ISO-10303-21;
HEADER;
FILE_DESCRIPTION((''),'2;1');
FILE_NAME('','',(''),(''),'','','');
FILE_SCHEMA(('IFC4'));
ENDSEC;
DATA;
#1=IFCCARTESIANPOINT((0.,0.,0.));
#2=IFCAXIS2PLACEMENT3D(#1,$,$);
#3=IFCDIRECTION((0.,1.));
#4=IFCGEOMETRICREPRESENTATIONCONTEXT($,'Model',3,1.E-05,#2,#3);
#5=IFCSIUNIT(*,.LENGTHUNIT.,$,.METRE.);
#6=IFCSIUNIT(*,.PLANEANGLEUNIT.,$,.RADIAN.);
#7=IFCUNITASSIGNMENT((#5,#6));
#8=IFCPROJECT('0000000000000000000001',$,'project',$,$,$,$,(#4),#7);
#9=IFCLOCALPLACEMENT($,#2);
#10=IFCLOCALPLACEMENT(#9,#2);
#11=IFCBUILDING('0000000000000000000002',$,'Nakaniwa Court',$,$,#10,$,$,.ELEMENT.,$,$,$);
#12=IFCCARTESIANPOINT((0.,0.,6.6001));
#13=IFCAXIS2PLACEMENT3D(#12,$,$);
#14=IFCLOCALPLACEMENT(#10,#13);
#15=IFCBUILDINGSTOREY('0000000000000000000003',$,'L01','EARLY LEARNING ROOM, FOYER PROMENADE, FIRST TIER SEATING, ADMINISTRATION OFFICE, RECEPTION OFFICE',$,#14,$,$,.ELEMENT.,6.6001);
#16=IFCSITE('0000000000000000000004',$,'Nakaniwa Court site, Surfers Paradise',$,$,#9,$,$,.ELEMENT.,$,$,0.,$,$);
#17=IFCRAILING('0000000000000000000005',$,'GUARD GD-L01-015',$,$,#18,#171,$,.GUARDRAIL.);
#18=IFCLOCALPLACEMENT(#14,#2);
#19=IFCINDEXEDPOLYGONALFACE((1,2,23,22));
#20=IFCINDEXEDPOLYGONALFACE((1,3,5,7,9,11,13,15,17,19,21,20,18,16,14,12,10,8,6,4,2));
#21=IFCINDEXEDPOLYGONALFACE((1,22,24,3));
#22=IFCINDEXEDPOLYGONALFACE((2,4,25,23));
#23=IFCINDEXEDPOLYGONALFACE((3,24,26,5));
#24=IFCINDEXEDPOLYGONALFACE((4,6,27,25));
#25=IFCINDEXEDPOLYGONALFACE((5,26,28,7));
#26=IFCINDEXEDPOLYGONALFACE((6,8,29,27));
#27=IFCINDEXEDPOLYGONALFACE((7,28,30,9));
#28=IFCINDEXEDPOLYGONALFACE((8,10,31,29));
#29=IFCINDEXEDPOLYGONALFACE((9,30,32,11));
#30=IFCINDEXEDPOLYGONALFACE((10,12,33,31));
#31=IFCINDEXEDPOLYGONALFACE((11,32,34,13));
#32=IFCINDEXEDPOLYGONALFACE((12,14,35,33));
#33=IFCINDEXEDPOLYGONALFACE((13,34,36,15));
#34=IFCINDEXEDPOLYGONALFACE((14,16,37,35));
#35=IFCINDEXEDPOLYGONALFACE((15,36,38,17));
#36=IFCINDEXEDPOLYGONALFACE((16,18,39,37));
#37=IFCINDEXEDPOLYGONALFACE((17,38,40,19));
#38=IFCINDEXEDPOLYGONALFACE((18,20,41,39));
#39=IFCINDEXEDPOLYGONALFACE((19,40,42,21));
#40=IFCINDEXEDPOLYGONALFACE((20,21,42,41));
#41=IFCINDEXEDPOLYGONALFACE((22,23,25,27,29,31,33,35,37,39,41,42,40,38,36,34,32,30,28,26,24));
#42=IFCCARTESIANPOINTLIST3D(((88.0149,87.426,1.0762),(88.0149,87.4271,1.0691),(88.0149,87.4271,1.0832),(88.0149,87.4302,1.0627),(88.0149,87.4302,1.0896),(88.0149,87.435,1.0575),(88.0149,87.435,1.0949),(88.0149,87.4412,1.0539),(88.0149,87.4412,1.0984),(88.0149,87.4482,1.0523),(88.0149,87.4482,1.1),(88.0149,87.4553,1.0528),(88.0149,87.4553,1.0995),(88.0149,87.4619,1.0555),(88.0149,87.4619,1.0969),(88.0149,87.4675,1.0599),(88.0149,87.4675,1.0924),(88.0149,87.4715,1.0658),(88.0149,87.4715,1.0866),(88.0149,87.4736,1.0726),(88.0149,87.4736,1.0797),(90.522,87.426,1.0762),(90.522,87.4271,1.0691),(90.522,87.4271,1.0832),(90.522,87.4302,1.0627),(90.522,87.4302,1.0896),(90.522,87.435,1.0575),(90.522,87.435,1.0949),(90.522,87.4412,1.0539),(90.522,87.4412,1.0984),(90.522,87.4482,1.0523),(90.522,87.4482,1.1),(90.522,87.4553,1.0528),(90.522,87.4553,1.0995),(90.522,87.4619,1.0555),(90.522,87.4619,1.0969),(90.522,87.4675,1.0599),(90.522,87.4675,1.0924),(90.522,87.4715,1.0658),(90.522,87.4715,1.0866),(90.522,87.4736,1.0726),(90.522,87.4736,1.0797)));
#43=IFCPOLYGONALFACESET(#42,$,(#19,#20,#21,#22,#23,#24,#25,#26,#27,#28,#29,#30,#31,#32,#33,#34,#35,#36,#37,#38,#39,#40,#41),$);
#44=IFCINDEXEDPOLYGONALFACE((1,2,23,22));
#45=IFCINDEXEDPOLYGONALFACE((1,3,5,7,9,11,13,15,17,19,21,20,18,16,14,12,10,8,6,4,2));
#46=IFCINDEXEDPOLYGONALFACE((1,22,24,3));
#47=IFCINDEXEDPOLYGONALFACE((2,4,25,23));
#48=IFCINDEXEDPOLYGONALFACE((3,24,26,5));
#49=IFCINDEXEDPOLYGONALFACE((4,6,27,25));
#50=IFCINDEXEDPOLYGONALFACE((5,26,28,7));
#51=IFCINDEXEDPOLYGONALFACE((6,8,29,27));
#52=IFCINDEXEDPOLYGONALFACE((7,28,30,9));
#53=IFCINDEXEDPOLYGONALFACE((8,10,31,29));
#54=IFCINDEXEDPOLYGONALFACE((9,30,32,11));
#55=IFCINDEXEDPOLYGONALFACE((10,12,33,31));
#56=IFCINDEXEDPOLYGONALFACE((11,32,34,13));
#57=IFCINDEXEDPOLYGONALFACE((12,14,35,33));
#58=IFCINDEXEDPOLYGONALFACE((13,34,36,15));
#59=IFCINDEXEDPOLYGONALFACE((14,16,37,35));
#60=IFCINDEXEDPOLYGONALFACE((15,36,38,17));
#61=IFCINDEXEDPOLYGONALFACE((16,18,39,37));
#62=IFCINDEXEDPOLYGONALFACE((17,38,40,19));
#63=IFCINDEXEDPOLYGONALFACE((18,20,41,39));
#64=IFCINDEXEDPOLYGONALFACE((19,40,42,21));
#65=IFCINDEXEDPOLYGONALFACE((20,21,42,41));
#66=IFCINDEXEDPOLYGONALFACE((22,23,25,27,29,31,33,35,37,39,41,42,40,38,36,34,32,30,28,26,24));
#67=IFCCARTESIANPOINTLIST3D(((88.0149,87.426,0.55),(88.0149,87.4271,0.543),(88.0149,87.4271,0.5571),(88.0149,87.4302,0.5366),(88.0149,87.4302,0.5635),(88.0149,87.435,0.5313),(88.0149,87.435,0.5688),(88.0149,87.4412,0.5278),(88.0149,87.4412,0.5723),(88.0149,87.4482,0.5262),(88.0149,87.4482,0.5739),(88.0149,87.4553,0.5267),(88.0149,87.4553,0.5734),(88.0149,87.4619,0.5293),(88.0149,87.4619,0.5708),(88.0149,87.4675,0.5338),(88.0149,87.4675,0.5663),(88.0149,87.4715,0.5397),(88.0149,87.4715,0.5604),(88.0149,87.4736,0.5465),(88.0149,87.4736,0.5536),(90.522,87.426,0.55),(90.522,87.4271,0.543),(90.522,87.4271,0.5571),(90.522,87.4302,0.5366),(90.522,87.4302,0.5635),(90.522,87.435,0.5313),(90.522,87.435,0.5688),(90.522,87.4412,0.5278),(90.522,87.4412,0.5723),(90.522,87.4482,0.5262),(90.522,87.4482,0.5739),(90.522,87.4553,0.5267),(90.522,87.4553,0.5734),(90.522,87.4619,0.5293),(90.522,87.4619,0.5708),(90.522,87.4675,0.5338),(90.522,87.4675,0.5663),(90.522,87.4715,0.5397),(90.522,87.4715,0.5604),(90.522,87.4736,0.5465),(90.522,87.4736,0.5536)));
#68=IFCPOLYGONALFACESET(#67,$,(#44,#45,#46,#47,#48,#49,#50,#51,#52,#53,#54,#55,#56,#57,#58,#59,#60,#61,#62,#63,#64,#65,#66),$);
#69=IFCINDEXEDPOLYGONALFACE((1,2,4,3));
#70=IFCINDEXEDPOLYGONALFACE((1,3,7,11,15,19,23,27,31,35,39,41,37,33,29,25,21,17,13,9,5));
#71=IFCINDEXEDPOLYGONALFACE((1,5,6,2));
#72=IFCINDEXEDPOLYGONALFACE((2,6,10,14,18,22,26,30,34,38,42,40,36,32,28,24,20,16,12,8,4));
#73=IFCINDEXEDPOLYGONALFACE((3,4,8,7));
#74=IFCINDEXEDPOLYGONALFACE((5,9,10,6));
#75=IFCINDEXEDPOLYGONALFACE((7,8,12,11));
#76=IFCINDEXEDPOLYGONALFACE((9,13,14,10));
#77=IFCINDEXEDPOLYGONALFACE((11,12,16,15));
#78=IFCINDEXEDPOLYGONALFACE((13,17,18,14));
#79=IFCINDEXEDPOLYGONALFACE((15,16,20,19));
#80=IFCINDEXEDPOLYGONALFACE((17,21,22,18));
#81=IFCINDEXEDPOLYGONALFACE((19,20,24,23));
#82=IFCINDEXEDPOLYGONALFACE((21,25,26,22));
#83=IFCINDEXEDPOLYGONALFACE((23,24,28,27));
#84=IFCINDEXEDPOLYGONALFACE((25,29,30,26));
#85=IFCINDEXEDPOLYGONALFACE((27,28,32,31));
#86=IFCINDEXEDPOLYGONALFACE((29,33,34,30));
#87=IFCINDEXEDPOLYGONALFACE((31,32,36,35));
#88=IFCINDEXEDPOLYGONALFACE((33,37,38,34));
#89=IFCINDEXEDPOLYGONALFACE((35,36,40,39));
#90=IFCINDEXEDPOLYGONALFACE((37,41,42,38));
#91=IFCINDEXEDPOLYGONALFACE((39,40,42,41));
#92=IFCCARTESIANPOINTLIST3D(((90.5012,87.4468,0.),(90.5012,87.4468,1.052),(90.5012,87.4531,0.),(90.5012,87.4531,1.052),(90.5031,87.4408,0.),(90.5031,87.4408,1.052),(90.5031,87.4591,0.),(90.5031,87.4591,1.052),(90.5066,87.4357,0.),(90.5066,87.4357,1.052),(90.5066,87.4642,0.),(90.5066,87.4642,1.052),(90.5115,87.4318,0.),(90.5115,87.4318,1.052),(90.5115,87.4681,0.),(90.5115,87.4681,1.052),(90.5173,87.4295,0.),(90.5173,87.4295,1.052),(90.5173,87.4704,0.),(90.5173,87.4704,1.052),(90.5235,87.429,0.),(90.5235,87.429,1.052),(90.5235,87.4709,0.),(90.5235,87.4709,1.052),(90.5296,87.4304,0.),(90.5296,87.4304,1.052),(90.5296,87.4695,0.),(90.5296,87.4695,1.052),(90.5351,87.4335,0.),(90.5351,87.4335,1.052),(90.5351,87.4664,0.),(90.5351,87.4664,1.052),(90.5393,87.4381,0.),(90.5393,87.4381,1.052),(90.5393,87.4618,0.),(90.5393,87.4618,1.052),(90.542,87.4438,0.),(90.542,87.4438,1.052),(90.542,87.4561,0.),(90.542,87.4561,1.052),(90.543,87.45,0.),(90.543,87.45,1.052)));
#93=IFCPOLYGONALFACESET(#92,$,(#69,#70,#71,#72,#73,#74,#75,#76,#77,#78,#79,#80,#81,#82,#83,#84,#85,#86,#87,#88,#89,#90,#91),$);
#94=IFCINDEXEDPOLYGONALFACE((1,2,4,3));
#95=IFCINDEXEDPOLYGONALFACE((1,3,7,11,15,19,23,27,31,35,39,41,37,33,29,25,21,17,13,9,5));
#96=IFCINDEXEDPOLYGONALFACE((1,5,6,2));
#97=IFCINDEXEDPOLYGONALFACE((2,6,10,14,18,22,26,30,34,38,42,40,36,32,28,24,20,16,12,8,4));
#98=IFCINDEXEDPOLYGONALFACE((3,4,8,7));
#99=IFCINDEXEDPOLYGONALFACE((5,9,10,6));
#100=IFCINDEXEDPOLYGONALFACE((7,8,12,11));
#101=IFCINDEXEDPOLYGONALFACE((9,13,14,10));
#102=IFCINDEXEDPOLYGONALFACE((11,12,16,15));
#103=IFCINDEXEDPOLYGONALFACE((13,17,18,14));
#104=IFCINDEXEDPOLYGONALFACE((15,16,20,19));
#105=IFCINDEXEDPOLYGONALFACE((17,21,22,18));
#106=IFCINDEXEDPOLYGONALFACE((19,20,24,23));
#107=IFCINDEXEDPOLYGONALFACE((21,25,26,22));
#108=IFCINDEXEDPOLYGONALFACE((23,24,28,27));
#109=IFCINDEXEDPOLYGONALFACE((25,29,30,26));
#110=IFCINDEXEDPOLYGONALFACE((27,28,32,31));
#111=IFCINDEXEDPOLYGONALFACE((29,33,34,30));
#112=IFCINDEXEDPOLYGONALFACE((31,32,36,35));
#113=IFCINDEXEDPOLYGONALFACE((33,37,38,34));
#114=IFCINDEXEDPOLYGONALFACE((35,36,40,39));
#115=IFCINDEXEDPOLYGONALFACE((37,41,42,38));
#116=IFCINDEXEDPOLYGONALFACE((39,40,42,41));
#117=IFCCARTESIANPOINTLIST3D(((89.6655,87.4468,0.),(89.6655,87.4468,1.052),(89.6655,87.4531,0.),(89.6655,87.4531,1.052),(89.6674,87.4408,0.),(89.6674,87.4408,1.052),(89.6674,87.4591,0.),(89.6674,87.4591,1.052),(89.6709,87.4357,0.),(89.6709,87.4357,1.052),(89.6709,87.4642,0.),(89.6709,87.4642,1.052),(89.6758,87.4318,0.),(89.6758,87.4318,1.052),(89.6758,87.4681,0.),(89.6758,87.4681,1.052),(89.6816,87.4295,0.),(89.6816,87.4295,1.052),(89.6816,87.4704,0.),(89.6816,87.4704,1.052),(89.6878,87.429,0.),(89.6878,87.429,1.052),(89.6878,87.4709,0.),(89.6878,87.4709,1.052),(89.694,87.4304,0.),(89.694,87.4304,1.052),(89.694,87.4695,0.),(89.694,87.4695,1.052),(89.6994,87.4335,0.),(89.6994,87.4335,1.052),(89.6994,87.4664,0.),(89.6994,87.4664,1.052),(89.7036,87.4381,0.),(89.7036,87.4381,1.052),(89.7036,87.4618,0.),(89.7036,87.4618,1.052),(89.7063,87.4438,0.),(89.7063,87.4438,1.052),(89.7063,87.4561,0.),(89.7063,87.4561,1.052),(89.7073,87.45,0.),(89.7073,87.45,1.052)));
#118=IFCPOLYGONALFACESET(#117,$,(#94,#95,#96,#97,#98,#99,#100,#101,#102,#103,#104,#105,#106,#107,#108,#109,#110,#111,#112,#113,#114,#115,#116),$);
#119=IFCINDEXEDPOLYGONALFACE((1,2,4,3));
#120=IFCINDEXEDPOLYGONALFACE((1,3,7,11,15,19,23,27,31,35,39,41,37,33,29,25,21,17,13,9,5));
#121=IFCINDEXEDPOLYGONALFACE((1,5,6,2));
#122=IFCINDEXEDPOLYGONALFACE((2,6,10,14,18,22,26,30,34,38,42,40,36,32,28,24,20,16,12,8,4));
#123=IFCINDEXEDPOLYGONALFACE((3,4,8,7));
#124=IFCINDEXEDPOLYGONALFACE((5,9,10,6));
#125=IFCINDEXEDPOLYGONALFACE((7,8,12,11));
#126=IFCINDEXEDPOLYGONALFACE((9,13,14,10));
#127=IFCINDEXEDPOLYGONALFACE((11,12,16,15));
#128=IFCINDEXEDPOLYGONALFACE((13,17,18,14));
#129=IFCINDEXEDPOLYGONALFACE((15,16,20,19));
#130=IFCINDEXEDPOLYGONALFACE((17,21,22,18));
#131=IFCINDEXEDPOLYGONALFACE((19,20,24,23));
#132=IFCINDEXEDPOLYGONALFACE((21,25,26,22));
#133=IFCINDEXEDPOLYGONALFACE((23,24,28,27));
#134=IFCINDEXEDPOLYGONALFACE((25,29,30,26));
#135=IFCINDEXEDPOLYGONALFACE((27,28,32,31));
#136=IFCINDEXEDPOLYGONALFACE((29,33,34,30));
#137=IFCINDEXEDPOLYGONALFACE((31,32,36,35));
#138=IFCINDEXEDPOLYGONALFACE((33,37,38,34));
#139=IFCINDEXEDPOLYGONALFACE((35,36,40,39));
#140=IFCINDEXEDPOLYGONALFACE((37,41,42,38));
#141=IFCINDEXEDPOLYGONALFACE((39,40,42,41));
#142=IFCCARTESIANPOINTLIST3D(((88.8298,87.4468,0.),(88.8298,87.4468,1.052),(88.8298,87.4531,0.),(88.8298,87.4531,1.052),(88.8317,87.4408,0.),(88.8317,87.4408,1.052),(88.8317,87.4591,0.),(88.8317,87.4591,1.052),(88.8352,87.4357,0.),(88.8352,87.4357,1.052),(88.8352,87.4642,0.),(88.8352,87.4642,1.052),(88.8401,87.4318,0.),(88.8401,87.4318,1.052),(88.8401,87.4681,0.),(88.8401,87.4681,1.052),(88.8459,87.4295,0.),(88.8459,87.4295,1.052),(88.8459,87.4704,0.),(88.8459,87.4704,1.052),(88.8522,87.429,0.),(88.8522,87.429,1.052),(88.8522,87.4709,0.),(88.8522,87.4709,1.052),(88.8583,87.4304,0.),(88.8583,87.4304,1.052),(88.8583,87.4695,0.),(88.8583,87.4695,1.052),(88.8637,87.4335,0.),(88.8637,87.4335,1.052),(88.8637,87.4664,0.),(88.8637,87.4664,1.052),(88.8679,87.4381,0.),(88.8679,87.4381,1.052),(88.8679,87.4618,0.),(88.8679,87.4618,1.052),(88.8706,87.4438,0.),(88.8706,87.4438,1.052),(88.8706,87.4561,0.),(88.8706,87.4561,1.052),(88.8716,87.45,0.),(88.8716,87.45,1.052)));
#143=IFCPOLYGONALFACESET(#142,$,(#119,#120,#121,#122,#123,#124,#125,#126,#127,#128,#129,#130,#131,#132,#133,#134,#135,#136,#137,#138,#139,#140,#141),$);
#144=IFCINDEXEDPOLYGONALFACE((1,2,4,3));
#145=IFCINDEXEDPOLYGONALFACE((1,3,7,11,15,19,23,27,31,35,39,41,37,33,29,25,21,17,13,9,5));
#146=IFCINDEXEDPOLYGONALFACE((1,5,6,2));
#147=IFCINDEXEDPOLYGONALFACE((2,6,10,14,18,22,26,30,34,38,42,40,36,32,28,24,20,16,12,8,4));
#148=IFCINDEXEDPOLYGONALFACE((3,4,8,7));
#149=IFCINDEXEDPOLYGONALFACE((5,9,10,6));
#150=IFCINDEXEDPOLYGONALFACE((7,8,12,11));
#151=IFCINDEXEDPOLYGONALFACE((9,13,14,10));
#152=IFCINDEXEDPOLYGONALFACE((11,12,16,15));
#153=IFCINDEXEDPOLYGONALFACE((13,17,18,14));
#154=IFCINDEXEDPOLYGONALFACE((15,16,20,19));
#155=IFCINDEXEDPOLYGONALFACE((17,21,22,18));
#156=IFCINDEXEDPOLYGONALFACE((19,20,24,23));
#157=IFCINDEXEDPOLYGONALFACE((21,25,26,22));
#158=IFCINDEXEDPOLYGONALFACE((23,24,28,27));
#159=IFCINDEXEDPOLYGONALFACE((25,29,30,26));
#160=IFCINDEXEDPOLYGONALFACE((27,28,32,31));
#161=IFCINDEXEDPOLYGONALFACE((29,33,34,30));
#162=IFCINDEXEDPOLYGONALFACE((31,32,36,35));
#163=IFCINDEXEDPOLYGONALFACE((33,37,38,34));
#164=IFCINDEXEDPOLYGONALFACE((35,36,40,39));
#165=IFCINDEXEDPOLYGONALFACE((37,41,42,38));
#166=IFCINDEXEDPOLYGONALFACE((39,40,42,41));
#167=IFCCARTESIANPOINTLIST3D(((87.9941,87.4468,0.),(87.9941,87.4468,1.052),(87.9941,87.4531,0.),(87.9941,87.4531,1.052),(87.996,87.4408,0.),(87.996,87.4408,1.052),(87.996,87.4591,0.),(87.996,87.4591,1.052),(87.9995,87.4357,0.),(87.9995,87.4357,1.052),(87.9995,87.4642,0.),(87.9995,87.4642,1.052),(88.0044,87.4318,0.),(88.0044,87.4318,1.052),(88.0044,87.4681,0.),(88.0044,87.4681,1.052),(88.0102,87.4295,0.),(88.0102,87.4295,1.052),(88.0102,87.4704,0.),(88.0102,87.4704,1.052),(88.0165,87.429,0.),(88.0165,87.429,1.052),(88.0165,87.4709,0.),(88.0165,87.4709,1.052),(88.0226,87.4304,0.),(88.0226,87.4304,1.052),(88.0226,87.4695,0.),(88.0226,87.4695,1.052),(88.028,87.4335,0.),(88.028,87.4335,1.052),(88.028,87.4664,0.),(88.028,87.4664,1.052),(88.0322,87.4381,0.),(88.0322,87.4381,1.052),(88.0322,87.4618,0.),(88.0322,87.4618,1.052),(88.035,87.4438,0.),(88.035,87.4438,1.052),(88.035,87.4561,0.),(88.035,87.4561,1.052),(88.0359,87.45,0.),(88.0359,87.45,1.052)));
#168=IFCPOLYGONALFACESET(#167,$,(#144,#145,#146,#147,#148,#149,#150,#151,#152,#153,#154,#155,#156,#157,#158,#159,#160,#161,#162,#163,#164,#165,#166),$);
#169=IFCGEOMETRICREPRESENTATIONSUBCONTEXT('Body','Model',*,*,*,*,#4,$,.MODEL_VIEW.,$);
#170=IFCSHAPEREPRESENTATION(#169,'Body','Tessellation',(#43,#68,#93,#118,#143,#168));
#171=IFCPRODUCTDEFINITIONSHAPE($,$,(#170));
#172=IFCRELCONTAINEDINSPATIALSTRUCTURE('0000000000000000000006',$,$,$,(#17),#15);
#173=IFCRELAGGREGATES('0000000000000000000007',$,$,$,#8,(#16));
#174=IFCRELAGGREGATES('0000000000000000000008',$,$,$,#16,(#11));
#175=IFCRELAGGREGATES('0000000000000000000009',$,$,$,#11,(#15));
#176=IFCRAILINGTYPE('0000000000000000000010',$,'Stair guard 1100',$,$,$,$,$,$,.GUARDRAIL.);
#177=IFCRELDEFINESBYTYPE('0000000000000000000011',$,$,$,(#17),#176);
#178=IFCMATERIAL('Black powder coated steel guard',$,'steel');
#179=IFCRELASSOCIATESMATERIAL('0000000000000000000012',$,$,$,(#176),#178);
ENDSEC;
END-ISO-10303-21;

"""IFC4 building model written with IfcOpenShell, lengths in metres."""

from ifc_helpers import new_model, si_unit, direction, frame, origin, origin_2d, place, context, subcontext, project, spatial, circle, extrude, material, type_object, element, save


model = new_model("IFC4")

# Units and contexts
model_context = context("Model", 3, precision=1e-05, world=origin(), true_north=direction((0.0, 1.0)))
body_context = subcontext(model_context, "Body", "Model", "MODEL_VIEW")
ifc_project = project(units=[si_unit("LENGTHUNIT", "METRE"), si_unit("PLANEANGLEUNIT", "RADIAN")], contexts=[model_context])

# Site, building, storey
site_placement = place(None, origin())
site = spatial("IfcSite", under=ifc_project, at=site_placement, Name="Nakaniwa Court site, Surfers Paradise", CompositionType="ELEMENT", RefElevation=0.0)
building_placement = place(site_placement, origin())
building = spatial("IfcBuilding", under=site, at=building_placement, Name="Nakaniwa Court", CompositionType="ELEMENT")
storey_placement = place(building_placement, frame((0.0, 0.0, 6.6001)))
storey = spatial("IfcBuildingStorey", under=building, at=storey_placement, Name="L01", Description="EARLY LEARNING ROOM, FOYER PROMENADE, FIRST TIER SEATING, ADMINISTRATION OFFICE, RECEPTION OFFICE", CompositionType="ELEMENT", Elevation=6.6001)

# Railing
ifc_material_1 = material(Name="Black powder coated steel guard", Category="steel")
railing_type = type_object("IfcRailingType", Name="Stair guard 1100", PredefinedType="GUARDRAIL", material=ifc_material_1)
railing_1_placement = place(storey_placement, frame((90.522, 87.45, 0.0)))
element("IfcRailing", 1, at=railing_1_placement, inside=storey, type_object=railing_type, Name="GUARD GD-L01-015", PredefinedType="GUARDRAIL", context=body_context, shape_type="SweptSolid", body=[
    extrude(circle(Radius=0.0239, at=origin_2d()), frame((0.0, 0.0, 1.0762), z_axis=(-1.0, 0.0, 0.0), x_axis=(0.0, -1.0, 0.0)), (0.0, 0.0, 1.0), 2.5071),
    extrude(circle(Radius=0.0239, at=origin_2d()), frame((0.0, 0.0, 0.55), z_axis=(-1.0, 0.0, 0.0), x_axis=(0.0, -1.0, 0.0)), (0.0, 0.0, 1.0), 2.5071),
    extrude(circle(Radius=0.021, at=origin_2d()), origin(), (0.0, 0.0, 1.0), 1.052),
    extrude(circle(Radius=0.021, at=origin_2d()), frame((-0.8357, 0.0, 0.0)), (0.0, 0.0, 1.0), 1.052),
    extrude(circle(Radius=0.021, at=origin_2d()), frame((-1.6714, 0.0, 0.0)), (0.0, 0.0, 1.0), 1.052),
    extrude(circle(Radius=0.021, at=origin_2d()), frame((-2.5071, 0.0, 0.0)), (0.0, 0.0, 1.0), 1.052),
])

save(model, "model.ifc")
